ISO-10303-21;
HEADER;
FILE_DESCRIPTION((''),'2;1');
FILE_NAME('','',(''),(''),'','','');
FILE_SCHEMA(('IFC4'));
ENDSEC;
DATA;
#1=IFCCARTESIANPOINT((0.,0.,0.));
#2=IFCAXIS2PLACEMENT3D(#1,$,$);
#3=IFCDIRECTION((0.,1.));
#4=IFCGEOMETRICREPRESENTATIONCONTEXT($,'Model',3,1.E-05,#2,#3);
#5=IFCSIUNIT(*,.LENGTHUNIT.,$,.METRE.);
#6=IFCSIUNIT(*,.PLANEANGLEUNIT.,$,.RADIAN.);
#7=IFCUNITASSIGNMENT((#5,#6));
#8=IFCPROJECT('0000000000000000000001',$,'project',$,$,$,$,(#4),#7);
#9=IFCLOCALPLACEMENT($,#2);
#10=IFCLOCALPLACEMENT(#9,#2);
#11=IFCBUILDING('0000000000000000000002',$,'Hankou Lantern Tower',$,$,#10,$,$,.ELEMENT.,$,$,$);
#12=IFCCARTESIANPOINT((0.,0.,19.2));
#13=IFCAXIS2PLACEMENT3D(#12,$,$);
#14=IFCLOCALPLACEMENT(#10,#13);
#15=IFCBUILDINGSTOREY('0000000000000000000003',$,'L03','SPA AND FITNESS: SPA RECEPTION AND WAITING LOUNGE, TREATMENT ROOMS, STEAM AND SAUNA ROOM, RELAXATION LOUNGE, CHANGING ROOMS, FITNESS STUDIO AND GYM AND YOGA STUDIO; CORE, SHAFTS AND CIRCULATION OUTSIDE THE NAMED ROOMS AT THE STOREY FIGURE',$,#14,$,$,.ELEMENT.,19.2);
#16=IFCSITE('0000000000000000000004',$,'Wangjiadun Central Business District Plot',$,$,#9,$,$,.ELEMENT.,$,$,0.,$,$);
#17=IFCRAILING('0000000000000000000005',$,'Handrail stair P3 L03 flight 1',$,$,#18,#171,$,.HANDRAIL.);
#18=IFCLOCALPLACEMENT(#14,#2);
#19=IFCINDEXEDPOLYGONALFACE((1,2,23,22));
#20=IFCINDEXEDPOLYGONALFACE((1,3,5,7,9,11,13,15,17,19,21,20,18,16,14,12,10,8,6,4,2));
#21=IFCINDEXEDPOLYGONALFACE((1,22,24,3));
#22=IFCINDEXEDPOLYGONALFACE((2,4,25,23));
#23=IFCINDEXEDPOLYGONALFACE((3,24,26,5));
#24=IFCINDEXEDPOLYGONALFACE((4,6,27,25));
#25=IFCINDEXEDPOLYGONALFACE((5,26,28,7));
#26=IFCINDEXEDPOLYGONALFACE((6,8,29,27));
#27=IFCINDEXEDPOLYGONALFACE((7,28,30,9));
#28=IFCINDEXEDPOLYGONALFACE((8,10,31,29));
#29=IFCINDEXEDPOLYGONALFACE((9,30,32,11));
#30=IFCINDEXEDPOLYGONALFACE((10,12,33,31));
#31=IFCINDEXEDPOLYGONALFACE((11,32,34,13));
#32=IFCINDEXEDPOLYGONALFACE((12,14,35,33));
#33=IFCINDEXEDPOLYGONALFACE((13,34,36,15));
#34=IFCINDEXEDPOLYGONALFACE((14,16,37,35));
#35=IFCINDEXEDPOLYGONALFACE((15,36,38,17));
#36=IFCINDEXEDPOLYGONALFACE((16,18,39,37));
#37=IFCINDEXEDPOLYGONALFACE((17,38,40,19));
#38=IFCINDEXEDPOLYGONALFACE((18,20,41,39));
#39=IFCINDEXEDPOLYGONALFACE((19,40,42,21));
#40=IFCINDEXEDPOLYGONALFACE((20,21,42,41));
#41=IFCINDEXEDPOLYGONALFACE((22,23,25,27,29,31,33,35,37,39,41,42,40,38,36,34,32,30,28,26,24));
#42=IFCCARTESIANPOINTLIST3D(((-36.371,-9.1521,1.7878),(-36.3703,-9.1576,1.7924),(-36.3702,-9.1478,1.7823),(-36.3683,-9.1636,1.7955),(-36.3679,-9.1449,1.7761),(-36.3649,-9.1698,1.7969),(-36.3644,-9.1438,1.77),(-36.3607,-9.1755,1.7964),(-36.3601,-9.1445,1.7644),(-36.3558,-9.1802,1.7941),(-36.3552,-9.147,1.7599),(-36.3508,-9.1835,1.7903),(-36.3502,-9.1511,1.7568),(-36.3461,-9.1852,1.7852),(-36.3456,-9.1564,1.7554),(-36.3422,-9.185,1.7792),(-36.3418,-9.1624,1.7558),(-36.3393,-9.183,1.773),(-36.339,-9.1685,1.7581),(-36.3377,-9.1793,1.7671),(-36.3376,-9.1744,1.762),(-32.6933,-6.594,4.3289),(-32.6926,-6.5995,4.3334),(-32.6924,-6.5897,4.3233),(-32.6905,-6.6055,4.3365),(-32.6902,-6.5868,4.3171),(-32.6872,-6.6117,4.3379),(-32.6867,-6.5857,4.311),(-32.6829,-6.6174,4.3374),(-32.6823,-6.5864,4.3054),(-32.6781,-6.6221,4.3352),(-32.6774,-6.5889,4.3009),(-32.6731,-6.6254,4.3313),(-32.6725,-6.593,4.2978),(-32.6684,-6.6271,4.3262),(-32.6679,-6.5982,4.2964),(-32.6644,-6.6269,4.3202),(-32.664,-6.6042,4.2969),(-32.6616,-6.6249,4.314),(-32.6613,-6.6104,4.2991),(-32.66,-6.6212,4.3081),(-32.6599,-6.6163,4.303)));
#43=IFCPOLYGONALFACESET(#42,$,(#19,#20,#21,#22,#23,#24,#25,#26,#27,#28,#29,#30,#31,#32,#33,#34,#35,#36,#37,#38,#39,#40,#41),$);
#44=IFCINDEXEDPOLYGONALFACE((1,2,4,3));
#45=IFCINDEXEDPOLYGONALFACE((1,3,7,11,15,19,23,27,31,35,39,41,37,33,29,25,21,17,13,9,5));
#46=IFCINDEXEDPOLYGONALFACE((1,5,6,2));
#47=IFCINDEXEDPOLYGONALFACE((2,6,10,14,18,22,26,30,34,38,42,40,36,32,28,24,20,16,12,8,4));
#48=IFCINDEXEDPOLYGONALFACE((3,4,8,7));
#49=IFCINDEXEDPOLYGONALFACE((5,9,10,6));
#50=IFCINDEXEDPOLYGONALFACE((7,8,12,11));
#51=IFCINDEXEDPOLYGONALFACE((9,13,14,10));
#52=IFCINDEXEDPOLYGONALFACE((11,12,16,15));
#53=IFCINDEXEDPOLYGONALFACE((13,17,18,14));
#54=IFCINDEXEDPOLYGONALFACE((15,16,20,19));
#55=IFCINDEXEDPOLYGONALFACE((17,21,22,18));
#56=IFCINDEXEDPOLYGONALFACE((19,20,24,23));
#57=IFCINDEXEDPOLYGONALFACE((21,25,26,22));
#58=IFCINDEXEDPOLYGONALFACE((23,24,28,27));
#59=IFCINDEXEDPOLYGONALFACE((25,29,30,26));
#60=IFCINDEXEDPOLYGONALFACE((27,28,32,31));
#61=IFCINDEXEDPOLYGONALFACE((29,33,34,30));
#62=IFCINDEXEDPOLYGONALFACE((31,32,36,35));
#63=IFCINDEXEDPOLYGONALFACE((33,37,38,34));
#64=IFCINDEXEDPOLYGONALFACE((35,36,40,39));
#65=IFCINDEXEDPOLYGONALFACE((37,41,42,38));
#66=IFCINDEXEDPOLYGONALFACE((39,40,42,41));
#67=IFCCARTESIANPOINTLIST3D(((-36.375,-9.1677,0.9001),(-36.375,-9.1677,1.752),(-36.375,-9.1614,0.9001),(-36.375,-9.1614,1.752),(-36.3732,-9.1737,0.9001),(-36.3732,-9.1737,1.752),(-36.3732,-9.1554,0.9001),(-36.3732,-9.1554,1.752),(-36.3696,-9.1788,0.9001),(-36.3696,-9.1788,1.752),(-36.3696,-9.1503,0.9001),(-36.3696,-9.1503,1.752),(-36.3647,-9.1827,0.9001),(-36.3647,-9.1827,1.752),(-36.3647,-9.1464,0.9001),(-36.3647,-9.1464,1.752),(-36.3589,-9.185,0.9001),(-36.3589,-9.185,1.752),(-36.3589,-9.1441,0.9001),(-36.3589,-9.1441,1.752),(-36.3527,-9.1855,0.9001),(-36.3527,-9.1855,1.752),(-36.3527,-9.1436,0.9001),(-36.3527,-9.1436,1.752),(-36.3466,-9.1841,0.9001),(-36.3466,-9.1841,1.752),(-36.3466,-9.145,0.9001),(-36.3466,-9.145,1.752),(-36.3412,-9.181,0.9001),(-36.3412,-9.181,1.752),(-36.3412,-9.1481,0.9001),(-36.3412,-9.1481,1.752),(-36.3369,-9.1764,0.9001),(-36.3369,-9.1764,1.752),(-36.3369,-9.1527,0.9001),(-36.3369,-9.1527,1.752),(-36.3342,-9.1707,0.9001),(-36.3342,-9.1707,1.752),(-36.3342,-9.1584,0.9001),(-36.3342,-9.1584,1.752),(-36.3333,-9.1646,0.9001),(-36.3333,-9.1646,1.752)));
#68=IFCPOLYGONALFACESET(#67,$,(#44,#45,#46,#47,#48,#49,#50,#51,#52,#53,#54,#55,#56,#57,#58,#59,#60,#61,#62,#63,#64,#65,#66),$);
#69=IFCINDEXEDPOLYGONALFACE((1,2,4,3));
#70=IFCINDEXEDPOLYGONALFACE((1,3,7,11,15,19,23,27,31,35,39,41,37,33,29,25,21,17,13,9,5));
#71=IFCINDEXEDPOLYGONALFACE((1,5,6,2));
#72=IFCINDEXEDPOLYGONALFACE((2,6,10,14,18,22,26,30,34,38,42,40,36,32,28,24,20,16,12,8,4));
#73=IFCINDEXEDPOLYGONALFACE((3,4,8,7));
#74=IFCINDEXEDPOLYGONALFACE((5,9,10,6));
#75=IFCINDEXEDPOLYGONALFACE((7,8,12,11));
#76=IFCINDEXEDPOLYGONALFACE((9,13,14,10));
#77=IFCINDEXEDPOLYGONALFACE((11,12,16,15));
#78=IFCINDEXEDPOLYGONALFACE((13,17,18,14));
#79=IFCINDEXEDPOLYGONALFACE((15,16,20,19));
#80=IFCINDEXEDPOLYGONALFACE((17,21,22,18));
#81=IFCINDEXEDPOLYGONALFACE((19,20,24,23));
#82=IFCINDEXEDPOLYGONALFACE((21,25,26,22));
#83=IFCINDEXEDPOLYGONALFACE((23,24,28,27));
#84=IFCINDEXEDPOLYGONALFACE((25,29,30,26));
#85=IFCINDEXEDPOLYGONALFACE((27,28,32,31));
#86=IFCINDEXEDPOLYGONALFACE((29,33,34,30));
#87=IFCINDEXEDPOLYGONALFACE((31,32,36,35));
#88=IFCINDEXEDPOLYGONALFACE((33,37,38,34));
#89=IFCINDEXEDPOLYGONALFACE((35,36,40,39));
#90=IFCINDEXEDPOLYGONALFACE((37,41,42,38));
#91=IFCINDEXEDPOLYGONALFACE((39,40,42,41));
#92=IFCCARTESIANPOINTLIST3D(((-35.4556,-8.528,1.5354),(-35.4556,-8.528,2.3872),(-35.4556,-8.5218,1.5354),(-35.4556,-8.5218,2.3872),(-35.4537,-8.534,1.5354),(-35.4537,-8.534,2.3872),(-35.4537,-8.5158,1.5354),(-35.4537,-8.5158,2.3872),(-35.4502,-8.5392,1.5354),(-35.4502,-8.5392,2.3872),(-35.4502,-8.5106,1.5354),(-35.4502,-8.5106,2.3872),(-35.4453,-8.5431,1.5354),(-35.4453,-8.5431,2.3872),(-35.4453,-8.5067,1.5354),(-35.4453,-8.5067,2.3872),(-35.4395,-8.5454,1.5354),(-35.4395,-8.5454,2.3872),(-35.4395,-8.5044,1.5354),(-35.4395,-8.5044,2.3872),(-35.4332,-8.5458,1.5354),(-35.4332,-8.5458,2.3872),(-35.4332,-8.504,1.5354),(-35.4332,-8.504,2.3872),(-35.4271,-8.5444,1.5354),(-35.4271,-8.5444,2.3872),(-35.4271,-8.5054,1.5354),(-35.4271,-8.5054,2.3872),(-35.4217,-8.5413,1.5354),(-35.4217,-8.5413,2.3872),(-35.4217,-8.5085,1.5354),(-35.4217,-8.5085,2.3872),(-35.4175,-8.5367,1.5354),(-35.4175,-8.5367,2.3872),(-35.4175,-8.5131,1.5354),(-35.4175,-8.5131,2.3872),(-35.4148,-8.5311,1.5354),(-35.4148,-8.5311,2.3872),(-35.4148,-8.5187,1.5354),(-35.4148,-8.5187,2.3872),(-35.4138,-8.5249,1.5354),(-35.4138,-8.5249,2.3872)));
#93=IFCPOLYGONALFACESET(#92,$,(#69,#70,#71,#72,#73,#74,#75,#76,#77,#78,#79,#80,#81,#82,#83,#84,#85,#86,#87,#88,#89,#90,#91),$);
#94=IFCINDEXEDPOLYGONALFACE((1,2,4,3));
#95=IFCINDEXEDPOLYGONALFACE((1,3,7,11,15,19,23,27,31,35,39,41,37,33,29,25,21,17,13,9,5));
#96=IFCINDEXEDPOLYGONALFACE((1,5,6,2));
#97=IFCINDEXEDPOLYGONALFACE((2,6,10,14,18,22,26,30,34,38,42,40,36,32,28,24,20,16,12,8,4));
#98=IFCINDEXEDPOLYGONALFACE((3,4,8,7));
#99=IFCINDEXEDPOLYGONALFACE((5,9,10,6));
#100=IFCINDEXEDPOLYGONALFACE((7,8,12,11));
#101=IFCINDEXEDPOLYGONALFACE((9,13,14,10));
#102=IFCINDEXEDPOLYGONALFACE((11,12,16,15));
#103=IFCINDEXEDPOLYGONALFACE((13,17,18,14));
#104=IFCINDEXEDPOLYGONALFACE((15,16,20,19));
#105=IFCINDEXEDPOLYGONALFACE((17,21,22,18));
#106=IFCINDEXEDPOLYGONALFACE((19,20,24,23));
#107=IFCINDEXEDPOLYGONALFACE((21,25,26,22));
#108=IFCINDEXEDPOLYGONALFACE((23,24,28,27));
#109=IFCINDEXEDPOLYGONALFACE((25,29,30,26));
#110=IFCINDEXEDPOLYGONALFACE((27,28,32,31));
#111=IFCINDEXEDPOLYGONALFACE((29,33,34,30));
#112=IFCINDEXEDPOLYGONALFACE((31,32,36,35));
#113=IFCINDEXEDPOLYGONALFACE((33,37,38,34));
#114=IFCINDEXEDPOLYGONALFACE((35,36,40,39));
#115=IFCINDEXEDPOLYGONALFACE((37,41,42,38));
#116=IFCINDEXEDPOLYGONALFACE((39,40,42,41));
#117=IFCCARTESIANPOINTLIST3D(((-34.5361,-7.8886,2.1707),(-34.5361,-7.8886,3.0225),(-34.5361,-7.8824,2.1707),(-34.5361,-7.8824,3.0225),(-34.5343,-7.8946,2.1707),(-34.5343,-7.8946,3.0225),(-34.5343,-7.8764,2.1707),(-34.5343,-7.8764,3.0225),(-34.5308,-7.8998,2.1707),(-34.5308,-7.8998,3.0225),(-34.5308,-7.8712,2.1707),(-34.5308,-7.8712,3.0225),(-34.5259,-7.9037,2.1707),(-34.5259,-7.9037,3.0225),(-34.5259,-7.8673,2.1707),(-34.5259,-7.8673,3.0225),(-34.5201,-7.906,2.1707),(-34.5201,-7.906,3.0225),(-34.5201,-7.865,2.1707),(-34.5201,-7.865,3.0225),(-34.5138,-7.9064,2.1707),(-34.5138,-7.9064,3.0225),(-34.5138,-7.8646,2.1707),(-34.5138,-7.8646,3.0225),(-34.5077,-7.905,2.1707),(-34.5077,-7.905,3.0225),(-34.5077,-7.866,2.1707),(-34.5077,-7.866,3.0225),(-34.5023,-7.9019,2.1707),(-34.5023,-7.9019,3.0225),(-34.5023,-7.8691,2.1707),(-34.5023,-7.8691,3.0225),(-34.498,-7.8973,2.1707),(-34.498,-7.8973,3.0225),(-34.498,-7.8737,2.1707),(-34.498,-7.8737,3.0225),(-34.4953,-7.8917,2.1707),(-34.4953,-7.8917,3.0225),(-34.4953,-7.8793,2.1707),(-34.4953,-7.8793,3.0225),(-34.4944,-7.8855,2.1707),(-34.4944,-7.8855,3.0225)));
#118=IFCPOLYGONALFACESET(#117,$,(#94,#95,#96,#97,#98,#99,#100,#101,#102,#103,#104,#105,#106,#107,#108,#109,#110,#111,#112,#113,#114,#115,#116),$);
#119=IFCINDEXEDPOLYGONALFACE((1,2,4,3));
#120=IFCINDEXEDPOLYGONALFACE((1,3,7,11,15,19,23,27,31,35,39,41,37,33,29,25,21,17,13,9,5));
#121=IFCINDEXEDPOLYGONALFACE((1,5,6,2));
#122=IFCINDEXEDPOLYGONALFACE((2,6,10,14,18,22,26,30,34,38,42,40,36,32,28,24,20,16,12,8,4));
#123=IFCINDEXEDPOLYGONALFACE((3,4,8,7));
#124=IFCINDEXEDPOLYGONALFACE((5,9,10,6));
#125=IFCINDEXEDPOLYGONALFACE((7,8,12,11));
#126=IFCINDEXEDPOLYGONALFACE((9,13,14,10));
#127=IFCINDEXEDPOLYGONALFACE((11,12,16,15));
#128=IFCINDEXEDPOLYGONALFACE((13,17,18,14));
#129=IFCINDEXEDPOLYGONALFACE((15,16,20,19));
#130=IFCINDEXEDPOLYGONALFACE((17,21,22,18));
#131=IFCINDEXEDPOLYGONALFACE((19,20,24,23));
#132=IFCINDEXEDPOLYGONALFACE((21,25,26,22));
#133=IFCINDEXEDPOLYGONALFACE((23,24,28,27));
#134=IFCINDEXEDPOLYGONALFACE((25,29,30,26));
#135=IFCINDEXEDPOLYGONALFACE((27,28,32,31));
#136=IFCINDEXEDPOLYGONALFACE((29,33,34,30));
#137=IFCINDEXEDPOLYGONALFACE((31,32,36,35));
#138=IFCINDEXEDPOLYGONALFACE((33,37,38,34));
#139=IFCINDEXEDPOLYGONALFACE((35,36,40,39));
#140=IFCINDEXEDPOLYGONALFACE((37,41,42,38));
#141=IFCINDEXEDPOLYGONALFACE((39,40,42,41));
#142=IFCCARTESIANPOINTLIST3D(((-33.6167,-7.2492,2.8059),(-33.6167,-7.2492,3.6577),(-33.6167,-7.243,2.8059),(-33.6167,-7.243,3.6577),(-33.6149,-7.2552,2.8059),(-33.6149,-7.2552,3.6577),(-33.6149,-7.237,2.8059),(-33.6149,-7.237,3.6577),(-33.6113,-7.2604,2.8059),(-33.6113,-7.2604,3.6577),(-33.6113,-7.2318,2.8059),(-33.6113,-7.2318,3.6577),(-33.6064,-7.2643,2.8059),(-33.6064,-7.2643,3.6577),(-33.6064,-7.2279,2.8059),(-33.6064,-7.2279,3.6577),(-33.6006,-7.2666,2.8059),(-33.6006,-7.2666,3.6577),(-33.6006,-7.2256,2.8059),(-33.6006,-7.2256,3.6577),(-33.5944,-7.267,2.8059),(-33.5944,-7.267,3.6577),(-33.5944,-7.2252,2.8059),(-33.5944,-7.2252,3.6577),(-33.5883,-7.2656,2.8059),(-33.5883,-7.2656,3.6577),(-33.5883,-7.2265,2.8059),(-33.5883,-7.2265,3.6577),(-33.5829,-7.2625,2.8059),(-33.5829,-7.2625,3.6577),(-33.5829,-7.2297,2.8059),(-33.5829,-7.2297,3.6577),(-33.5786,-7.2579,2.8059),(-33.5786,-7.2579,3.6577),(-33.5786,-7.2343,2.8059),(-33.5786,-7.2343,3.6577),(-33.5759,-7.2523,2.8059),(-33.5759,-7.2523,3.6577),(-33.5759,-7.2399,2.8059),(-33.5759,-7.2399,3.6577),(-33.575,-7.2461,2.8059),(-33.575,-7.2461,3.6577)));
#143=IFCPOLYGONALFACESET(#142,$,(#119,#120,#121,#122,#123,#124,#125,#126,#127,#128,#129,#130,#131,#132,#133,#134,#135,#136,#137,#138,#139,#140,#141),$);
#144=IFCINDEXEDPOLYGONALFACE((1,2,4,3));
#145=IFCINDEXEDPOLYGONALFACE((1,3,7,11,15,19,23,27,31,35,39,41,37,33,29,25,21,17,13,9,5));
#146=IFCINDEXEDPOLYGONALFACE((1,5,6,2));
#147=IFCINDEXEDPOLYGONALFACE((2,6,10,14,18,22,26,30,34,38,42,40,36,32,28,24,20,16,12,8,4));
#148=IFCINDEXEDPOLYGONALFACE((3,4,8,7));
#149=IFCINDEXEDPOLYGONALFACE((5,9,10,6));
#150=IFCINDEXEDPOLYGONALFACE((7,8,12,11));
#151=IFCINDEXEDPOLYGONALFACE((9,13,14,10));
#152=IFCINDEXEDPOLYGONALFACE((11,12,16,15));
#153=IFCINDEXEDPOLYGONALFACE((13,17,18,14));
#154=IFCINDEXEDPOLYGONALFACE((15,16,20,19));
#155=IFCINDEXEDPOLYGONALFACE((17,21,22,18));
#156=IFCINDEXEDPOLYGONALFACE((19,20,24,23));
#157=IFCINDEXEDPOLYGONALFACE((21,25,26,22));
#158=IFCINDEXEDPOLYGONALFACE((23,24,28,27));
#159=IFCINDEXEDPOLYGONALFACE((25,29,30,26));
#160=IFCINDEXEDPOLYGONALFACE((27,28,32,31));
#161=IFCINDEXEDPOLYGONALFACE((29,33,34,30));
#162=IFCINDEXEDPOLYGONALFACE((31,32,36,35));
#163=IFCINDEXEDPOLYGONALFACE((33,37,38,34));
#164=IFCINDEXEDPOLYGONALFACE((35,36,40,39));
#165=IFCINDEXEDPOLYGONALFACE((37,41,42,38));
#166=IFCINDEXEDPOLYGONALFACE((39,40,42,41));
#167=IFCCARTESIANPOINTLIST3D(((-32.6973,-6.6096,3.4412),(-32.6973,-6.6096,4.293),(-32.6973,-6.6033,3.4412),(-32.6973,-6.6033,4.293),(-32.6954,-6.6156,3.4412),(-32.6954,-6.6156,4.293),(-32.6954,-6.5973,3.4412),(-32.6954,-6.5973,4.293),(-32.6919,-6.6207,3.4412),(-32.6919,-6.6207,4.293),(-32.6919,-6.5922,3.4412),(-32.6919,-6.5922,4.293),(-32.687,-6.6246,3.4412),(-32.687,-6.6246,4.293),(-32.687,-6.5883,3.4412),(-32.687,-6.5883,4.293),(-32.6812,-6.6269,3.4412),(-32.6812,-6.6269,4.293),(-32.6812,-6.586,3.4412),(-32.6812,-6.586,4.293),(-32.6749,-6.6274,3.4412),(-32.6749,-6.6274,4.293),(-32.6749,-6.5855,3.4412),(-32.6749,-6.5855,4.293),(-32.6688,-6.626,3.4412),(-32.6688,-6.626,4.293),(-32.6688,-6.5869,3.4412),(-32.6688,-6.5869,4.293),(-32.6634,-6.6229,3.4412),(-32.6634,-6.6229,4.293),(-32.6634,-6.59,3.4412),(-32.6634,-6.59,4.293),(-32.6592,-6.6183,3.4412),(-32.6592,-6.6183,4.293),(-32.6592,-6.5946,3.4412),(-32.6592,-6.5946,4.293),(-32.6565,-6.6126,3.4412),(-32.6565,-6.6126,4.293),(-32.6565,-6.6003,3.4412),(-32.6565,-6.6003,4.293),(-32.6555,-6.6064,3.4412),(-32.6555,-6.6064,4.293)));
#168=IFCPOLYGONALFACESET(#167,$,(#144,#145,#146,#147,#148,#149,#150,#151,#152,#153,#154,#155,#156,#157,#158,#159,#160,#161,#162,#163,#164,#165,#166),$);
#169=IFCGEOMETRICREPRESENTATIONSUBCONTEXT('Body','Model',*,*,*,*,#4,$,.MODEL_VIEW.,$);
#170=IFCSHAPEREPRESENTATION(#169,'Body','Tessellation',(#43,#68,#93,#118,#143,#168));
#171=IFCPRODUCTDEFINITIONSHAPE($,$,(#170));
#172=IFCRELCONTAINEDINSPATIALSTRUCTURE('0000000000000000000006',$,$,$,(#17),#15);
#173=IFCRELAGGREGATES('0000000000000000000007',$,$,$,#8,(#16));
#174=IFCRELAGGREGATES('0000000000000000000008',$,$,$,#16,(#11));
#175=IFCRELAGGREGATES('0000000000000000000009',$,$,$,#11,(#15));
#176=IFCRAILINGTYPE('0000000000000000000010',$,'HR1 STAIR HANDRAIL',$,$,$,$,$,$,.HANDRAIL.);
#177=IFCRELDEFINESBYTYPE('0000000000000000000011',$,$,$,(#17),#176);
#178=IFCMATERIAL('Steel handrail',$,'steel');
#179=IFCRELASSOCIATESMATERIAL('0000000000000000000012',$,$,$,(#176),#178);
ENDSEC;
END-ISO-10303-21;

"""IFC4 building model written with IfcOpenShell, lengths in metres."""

from ifc_helpers import new_model, si_unit, direction, frame, origin, origin_2d, place, context, subcontext, project, spatial, circle, extrude, material, type_object, element, save


model = new_model("IFC4")

# Units and contexts
model_context = context("Model", 3, precision=1e-05, world=origin(), true_north=direction((0.0, 1.0)))
body_context = subcontext(model_context, "Body", "Model", "MODEL_VIEW")
ifc_project = project(units=[si_unit("LENGTHUNIT", "METRE"), si_unit("PLANEANGLEUNIT", "RADIAN")], contexts=[model_context])

# Site, building, storey
site_placement = place(None, origin())
site = spatial("IfcSite", under=ifc_project, at=site_placement, Name="Wangjiadun Central Business District Plot", CompositionType="ELEMENT", RefElevation=0.0)
building_placement = place(site_placement, origin())
building = spatial("IfcBuilding", under=site, at=building_placement, Name="Hankou Lantern Tower", CompositionType="ELEMENT")
storey_placement = place(building_placement, frame((0.0, 0.0, 19.2)))
storey = spatial("IfcBuildingStorey", under=building, at=storey_placement, Name="L03", Description="SPA AND FITNESS: SPA RECEPTION AND WAITING LOUNGE, TREATMENT ROOMS, STEAM AND SAUNA ROOM, RELAXATION LOUNGE, CHANGING ROOMS, FITNESS STUDIO AND GYM AND YOGA STUDIO; CORE, SHAFTS AND CIRCULATION OUTSIDE THE NAMED ROOMS AT THE STOREY FIGURE", CompositionType="ELEMENT", Elevation=19.2)

# Railing
ifc_material_1 = material(Name="Steel handrail", Category="steel")
railing_type = type_object("IfcRailingType", Name="HR1 STAIR HANDRAIL", PredefinedType="HANDRAIL", material=ifc_material_1)
railing_1_placement = place(storey_placement, frame((-36.3542, -9.1646, 0.9001)))
element("IfcRailing", 1, at=railing_1_placement, inside=storey, type_object=railing_type, Name="Handrail stair P3 L03 flight 1", PredefinedType="HANDRAIL", context=body_context, shape_type="SweptSolid", body=[
    extrude(circle(Radius=0.0239, at=origin_2d()), frame((0.0, 0.0, 0.876), z_axis=(0.714071, 0.496683, 0.493365), x_axis=(-0.571017, 0.820939, 0.0)), (0.0, 0.0, 1.0), 5.1504),
    extrude(circle(Radius=0.021, at=origin_2d()), origin(), (0.0, 0.0, 1.0), 0.8518),
    extrude(circle(Radius=0.021, at=origin_2d()), frame((0.9194, 0.6396, 0.6353)), (0.0, 0.0, 1.0), 0.8518),
    extrude(circle(Radius=0.021, at=origin_2d()), frame((1.8389, 1.2791, 1.2705)), (0.0, 0.0, 1.0), 0.8518),
    extrude(circle(Radius=0.021, at=origin_2d()), frame((2.7583, 1.9185, 1.9058)), (0.0, 0.0, 1.0), 0.8518),
    extrude(circle(Radius=0.021, at=origin_2d()), frame((3.6777, 2.5581, 2.541)), (0.0, 0.0, 1.0), 0.8518),
])

save(model, "model.ifc")
